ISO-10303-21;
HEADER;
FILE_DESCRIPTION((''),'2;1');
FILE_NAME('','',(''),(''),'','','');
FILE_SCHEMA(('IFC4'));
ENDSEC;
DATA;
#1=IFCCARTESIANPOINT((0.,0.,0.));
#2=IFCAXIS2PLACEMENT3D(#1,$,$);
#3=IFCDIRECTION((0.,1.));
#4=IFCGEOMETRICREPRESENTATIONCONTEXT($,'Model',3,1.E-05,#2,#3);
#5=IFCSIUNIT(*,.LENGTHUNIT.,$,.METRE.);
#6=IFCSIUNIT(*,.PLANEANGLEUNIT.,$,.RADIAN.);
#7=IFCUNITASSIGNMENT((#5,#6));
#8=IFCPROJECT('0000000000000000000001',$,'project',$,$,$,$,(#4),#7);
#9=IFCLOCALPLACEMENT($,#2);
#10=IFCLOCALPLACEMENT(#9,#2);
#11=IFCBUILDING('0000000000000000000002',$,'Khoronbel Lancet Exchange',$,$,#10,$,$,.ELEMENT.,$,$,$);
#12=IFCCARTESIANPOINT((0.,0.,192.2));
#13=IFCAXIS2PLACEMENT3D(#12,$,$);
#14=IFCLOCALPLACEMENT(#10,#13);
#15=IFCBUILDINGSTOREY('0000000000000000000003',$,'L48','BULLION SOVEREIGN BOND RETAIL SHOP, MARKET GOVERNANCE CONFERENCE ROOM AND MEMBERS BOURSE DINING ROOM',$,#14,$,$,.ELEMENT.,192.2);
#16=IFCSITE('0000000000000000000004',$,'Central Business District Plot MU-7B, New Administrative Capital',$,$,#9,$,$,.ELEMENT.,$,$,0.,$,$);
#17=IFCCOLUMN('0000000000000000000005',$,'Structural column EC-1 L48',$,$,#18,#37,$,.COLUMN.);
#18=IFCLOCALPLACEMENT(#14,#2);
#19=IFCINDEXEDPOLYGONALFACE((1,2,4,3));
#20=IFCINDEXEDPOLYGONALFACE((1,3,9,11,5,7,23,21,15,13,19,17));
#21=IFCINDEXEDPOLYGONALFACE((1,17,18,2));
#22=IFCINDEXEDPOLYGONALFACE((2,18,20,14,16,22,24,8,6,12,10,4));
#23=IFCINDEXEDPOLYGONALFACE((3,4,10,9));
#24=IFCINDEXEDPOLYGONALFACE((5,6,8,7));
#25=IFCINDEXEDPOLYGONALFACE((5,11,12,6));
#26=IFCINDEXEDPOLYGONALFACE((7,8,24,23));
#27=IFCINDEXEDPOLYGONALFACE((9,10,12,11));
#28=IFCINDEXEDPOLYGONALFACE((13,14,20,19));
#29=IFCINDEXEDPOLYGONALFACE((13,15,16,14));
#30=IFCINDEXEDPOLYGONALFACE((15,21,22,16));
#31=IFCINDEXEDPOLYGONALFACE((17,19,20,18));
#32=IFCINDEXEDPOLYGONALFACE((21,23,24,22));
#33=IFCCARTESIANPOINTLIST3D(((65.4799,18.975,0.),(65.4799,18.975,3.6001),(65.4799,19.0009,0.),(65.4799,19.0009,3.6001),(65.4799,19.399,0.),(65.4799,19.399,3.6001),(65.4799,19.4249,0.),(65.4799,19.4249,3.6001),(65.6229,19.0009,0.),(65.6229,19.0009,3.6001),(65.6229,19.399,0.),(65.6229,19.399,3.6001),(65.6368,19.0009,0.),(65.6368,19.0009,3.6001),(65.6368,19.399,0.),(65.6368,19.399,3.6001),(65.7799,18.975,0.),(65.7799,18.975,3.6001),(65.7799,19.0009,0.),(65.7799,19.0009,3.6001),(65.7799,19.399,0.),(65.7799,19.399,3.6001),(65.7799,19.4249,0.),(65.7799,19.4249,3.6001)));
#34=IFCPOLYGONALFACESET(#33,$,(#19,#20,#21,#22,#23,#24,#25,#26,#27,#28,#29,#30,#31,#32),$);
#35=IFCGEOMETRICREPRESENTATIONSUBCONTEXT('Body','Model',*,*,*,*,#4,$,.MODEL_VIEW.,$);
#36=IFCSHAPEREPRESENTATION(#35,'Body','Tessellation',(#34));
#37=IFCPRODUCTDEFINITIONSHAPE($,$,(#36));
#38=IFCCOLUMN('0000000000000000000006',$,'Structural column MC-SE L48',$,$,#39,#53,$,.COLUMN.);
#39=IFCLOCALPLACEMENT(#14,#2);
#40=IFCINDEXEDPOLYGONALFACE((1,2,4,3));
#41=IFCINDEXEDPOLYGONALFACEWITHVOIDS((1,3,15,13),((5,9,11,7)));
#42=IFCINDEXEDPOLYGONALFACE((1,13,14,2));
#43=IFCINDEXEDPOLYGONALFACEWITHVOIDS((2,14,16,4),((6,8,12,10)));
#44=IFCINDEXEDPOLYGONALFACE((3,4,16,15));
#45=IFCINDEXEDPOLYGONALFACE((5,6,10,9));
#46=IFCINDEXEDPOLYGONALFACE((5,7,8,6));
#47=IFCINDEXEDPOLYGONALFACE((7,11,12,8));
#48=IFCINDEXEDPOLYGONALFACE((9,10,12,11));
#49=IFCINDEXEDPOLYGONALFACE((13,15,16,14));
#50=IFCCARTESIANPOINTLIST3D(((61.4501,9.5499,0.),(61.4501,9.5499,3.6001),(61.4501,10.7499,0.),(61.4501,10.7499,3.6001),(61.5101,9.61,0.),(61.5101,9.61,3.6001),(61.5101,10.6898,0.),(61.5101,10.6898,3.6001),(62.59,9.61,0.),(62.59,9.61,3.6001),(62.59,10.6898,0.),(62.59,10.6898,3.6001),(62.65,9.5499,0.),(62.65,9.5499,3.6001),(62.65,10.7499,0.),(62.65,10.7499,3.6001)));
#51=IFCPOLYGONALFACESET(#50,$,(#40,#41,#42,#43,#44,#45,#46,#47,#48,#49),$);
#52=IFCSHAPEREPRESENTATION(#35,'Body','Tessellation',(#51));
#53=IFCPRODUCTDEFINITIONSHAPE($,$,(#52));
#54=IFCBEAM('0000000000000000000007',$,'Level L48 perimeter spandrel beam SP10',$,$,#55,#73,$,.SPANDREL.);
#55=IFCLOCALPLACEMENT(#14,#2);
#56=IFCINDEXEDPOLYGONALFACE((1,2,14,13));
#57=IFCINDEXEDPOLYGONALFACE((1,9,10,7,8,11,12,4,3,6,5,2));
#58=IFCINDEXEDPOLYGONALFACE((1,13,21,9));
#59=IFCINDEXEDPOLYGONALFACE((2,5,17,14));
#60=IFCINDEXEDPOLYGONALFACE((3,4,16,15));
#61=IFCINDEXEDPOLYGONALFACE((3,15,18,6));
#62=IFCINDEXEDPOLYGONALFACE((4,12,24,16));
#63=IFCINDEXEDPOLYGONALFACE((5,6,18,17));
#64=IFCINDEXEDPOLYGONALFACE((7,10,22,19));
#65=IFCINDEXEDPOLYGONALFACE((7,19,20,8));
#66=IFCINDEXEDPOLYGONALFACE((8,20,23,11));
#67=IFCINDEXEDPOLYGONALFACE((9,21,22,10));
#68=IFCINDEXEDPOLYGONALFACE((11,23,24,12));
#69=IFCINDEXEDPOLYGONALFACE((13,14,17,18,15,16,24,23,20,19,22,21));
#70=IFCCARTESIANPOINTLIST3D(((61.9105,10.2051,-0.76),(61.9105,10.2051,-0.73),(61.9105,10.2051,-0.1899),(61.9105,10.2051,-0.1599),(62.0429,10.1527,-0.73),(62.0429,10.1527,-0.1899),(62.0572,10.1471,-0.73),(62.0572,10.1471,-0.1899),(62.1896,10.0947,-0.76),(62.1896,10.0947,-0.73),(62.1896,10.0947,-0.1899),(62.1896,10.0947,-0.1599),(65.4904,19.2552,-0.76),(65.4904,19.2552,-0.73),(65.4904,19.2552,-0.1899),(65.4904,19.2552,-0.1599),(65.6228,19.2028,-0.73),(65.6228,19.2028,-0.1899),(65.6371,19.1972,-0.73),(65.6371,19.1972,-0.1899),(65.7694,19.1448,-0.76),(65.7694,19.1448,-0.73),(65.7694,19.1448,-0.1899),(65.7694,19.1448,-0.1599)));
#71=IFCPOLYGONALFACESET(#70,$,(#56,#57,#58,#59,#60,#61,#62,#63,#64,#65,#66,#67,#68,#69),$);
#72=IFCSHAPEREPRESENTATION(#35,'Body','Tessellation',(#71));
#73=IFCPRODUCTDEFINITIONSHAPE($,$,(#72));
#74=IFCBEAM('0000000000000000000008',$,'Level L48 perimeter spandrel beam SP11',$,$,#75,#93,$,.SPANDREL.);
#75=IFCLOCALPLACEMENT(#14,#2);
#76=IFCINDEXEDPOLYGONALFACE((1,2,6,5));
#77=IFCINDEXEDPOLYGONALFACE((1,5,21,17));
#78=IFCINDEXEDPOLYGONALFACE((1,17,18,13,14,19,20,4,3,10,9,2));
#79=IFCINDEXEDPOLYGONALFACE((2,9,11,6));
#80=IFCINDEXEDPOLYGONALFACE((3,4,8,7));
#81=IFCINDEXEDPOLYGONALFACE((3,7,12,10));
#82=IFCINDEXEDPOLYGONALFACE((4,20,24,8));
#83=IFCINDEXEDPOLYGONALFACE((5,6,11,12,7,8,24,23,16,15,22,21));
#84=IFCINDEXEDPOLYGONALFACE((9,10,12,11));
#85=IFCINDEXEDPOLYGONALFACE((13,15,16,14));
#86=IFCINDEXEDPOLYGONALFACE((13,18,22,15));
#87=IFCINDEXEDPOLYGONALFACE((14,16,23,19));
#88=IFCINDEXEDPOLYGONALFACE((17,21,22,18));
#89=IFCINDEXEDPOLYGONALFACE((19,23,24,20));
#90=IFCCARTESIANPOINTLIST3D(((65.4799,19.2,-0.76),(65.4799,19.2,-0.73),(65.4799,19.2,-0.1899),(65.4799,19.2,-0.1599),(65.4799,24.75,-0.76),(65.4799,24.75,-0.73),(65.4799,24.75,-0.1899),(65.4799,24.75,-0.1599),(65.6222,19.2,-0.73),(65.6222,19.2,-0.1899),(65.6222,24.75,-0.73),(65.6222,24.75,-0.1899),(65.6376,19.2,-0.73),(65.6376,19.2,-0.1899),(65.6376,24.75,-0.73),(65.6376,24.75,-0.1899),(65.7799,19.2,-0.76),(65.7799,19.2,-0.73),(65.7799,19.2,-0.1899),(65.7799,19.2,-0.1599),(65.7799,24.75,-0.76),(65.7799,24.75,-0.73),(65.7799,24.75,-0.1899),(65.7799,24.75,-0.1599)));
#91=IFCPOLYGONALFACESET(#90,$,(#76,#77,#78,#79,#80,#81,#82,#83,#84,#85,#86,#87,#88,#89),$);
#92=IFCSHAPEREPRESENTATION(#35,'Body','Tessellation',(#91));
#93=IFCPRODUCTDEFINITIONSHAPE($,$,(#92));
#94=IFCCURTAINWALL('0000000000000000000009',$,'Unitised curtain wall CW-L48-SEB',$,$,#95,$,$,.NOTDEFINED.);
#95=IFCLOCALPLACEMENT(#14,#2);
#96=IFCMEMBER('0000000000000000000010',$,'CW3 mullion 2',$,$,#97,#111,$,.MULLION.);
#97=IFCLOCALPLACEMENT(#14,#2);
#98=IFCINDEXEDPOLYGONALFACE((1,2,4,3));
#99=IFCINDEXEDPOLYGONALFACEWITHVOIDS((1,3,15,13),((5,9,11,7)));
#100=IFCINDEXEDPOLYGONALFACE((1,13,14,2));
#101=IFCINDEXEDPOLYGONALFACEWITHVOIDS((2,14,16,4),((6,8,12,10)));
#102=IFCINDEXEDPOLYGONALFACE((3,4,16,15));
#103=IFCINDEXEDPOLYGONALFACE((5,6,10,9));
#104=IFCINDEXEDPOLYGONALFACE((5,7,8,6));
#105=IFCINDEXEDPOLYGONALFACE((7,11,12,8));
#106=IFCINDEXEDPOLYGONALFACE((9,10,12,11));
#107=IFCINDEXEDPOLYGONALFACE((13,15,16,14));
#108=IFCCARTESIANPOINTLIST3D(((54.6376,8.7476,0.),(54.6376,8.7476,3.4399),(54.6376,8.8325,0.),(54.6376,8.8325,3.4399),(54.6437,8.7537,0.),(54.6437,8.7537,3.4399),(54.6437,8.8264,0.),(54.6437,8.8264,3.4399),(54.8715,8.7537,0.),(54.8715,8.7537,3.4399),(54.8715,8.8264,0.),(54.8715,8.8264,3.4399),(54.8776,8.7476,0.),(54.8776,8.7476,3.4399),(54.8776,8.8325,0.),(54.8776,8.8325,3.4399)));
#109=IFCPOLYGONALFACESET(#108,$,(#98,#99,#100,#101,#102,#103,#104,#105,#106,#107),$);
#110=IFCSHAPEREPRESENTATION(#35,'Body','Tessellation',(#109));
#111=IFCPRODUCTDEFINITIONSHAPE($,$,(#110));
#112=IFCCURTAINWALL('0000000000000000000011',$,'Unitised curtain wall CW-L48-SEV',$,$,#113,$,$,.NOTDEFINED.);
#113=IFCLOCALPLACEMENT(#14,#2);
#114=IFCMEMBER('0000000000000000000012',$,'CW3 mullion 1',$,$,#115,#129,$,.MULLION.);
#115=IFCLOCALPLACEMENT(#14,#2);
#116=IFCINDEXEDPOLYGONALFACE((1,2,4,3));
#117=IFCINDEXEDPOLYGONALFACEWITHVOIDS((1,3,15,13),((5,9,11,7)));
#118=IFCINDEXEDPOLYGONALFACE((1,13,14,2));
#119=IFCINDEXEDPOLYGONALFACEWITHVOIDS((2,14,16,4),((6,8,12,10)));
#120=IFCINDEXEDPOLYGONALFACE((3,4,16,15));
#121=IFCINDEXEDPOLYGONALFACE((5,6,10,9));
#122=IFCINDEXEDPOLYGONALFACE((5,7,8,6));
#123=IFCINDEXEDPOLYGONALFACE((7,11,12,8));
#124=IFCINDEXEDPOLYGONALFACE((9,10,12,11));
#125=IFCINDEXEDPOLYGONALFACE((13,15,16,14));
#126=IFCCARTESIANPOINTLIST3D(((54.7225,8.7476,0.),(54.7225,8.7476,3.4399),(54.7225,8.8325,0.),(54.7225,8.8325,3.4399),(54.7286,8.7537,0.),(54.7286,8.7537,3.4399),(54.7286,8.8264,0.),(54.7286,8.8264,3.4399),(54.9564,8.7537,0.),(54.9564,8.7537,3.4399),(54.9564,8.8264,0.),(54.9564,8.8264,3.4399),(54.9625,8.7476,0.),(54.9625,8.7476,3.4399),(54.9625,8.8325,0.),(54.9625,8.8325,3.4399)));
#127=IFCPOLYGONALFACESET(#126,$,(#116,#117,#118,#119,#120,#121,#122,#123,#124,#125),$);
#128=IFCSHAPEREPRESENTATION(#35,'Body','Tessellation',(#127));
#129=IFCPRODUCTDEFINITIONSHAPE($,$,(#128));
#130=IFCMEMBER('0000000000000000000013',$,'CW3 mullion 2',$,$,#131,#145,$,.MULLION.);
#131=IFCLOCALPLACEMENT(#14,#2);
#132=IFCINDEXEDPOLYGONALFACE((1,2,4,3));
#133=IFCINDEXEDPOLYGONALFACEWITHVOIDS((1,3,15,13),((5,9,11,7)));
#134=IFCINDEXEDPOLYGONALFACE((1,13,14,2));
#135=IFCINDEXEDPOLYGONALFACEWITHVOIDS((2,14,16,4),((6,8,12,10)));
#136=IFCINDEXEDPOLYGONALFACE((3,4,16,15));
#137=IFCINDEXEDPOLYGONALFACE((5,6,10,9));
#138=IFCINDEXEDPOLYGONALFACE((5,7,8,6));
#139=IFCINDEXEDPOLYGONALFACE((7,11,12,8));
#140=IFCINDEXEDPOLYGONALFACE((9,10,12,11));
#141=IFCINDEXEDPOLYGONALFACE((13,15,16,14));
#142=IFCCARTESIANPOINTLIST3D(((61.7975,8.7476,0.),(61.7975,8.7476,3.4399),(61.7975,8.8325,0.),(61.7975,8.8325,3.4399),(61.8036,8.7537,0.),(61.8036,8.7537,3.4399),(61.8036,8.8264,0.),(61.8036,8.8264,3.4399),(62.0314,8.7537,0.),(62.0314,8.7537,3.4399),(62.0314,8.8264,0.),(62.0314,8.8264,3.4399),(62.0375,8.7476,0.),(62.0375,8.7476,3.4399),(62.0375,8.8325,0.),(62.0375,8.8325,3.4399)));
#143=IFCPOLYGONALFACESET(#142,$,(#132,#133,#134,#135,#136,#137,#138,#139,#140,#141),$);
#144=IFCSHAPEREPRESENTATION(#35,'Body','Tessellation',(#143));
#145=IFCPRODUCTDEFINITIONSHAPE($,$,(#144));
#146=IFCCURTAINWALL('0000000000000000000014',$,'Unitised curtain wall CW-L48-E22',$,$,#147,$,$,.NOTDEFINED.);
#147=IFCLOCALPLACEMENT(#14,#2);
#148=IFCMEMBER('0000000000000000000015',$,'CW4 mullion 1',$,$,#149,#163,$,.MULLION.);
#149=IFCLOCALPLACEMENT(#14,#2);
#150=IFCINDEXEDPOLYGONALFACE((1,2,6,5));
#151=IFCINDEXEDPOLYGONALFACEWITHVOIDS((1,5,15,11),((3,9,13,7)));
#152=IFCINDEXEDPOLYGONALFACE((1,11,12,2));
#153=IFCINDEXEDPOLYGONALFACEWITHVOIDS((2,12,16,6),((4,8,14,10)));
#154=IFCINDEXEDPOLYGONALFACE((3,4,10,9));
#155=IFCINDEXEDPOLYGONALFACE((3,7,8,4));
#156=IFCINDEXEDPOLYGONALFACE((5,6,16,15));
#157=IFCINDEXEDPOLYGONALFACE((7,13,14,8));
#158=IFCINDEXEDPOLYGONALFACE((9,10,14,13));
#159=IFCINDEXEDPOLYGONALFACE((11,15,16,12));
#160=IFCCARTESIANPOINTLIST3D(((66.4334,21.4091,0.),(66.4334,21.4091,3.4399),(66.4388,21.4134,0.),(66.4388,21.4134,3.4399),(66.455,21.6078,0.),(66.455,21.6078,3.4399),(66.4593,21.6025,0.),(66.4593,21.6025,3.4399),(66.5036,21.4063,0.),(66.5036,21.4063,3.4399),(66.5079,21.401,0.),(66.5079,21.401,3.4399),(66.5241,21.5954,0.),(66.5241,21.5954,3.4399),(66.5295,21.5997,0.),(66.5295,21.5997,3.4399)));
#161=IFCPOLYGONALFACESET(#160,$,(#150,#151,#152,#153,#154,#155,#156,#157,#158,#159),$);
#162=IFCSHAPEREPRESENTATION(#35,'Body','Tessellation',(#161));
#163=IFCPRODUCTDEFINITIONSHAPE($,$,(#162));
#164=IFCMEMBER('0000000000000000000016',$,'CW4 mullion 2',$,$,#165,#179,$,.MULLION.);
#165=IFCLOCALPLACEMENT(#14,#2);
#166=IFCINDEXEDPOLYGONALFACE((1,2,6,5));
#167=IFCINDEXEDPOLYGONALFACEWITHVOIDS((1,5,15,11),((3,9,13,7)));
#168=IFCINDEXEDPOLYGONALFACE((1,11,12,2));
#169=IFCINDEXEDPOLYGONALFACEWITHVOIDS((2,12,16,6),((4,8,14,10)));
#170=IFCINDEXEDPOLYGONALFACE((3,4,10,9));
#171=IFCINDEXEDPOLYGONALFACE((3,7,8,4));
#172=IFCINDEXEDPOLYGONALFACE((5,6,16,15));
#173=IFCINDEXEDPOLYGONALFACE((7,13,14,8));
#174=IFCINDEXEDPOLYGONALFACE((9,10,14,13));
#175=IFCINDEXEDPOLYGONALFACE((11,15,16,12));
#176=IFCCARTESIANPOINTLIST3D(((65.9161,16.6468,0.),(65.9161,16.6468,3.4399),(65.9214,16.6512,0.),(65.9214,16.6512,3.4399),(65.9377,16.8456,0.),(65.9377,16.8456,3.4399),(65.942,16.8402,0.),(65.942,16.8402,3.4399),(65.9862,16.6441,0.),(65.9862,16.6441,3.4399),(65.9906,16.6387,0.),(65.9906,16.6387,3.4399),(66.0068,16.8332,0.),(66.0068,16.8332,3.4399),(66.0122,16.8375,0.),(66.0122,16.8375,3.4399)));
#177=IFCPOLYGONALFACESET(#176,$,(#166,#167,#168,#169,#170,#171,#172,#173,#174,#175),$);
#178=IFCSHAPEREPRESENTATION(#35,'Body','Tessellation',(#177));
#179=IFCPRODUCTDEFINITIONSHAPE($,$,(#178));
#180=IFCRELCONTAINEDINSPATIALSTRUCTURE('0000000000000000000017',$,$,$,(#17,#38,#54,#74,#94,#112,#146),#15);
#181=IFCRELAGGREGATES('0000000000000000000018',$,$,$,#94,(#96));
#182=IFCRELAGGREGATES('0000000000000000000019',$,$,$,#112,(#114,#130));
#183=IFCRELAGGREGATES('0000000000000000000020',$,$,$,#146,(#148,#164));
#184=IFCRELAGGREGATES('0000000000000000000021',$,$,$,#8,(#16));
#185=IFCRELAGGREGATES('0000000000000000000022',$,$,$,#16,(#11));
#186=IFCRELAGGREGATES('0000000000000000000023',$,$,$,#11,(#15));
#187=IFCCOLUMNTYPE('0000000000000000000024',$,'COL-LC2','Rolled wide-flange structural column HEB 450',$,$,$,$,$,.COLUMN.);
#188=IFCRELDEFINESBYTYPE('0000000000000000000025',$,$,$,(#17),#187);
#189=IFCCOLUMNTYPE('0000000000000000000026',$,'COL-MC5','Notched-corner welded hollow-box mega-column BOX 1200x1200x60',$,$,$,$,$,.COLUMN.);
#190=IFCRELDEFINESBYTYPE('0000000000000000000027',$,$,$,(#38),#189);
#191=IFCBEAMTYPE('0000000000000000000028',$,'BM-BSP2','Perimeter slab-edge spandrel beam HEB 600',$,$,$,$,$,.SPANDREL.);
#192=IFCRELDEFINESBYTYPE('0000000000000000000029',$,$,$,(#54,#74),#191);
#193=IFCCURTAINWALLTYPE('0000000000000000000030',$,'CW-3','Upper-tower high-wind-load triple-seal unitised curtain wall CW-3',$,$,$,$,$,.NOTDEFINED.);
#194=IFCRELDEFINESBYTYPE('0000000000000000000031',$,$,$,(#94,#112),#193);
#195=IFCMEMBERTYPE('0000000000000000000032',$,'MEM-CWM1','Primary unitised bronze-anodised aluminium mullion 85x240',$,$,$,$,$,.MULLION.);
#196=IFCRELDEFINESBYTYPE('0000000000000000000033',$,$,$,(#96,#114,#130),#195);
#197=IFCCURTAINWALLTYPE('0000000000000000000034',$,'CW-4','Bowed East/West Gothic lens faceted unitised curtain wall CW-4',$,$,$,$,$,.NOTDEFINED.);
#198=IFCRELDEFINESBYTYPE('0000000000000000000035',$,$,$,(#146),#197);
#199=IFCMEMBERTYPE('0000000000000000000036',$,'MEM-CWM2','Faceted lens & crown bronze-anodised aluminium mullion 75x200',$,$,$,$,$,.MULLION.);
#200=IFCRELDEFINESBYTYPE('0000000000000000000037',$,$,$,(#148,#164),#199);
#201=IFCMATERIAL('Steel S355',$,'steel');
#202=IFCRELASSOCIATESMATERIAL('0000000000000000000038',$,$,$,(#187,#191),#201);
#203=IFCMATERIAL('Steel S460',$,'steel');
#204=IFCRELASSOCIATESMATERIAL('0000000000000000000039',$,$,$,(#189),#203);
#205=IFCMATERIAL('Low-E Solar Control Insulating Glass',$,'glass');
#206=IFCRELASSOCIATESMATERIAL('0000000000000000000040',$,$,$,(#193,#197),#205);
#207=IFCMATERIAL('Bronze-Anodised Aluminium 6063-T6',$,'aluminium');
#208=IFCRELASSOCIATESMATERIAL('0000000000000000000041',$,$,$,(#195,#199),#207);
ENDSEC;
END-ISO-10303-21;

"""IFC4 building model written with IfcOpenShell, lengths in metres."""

from ifc_helpers import new_model, si_unit, direction, frame, origin, origin_2d, place, context, subcontext, project, spatial, hollow_rectangle, i_section, extrude, material, material_profile, profile_set, type_object, element, aggregate, save


model = new_model("IFC4")

# Units and contexts
model_context = context("Model", 3, precision=1e-05, world=origin(), true_north=direction((0.0, 1.0)))
body_context = subcontext(model_context, "Body", "Model", "MODEL_VIEW")
ifc_project = project(units=[si_unit("LENGTHUNIT", "METRE"), si_unit("PLANEANGLEUNIT", "RADIAN")], contexts=[model_context])

# Site, building, storey
site_placement = place(None, origin())
site = spatial("IfcSite", under=ifc_project, at=site_placement, Name="Central Business District Plot MU-7B, New Administrative Capital", CompositionType="ELEMENT", RefElevation=0.0)
building_placement = place(site_placement, origin())
building = spatial("IfcBuilding", under=site, at=building_placement, Name="Khoronbel Lancet Exchange", CompositionType="ELEMENT")
storey_placement = place(building_placement, frame((0.0, 0.0, 192.2)))
storey = spatial("IfcBuildingStorey", under=building, at=storey_placement, Name="L48", Description="BULLION SOVEREIGN BOND RETAIL SHOP, MARKET GOVERNANCE CONFERENCE ROOM AND MEMBERS BOURSE DINING ROOM", CompositionType="ELEMENT", Elevation=192.2)

# Columns
ifc_material_1 = material(Name="Steel S355", Category="steel")
ifc_material_profile_1 = material_profile(ifc_material_1, i_section(OverallWidth=0.3, OverallDepth=0.45, WebThickness=0.0139, FlangeThickness=0.0259, at=origin_2d()), Name="HEB 450")
ifc_profile_set_1 = profile_set([ifc_material_profile_1], Name="Steel S355")
column_type_1 = type_object("IfcColumnType", Name="COL-LC2", Description="Rolled wide-flange structural column HEB 450", PredefinedType="COLUMN", material=ifc_profile_set_1)
column_1_placement = place(storey_placement, frame((65.6299, 19.2, 0.0), z_axis=(0.0, 0.0, 1.0), x_axis=(1.0, 0.0, 0.0)))
element("IfcColumn", 1, at=column_1_placement, inside=storey, type_object=column_type_1, Name="Structural column EC-1 L48", PredefinedType="COLUMN", context=body_context, shape_type="SweptSolid", body=[
    extrude(i_section(OverallWidth=0.3, OverallDepth=0.45, WebThickness=0.0139, FlangeThickness=0.0259, at=origin_2d()), origin(), (0.0, 0.0, 1.0), 3.6001),
])
ifc_material_2 = material(Name="Steel S460", Category="steel")
ifc_material_profile_2 = material_profile(ifc_material_2, hollow_rectangle(XDim=1.2, YDim=1.2, WallThickness=0.0601, at=origin_2d()), Name="BOX 1200x1200x60")
ifc_profile_set_2 = profile_set([ifc_material_profile_2], Name="Steel S460")
column_type_2 = type_object("IfcColumnType", Name="COL-MC5", Description="Notched-corner welded hollow-box mega-column BOX 1200x1200x60", PredefinedType="COLUMN", material=ifc_profile_set_2)
column_2_placement = place(storey_placement, frame((62.05, 10.1499, 0.0), z_axis=(0.0, 0.0, 1.0), x_axis=(1.0, 0.0, 0.0)))
element("IfcColumn", 2, at=column_2_placement, inside=storey, type_object=column_type_2, Name="Structural column MC-SE L48", PredefinedType="COLUMN", context=body_context, shape_type="SweptSolid", body=[
    extrude(hollow_rectangle(XDim=1.2, YDim=1.2, WallThickness=0.0601, at=origin_2d()), origin(), (0.0, 0.0, 1.0), 3.6001),
])

# Beams
ifc_material_profile_3 = material_profile(ifc_material_1, i_section(OverallWidth=0.3, OverallDepth=0.6001, WebThickness=0.0154, FlangeThickness=0.03, at=origin_2d()), Name="HEB 600")
ifc_profile_set_3 = profile_set([ifc_material_profile_3], Name="Steel S355")
beam_type = type_object("IfcBeamType", Name="BM-BSP2", Description="Perimeter slab-edge spandrel beam HEB 600", PredefinedType="SPANDREL", material=ifc_profile_set_3)
beam_1_placement = place(storey_placement, frame((62.05, 10.1499, -0.46), z_axis=(0.367828, 0.929894, 0.0), x_axis=(-0.929894, 0.367828, 0.0)))
element("IfcBeam", 3, at=beam_1_placement, inside=storey, type_object=beam_type, Name="Level L48 perimeter spandrel beam SP10", PredefinedType="SPANDREL", context=body_context, shape_type="SweptSolid", body=[
    extrude(i_section(OverallWidth=0.3, OverallDepth=0.6001, WebThickness=0.0154, FlangeThickness=0.03, at=origin_2d()), origin(), (0.0, 0.0, 1.0), 9.7324),
])
beam_2_placement = place(storey_placement, frame((65.6299, 19.2, -0.46), z_axis=(0.0, 1.0, 0.0), x_axis=(-1.0, 0.0, 0.0)))
element("IfcBeam", 4, at=beam_2_placement, inside=storey, type_object=beam_type, Name="Level L48 perimeter spandrel beam SP11", PredefinedType="SPANDREL", context=body_context, shape_type="SweptSolid", body=[
    extrude(i_section(OverallWidth=0.3, OverallDepth=0.6001, WebThickness=0.0154, FlangeThickness=0.03, at=origin_2d()), origin(), (0.0, 0.0, 1.0), 5.55),
])

# Curtain wall, member
ifc_material_3 = material(Name="Low-E Solar Control Insulating Glass", Category="glass")
curtain_wall_type_1 = type_object("IfcCurtainWallType", Name="CW-3", Description="Upper-tower high-wind-load triple-seal unitised curtain wall CW-3", PredefinedType="NOTDEFINED", material=ifc_material_3)
curtain_wall_1_placement = place(storey_placement, origin())
curtain_wall_1 = element("IfcCurtainWall", 5, at=curtain_wall_1_placement, inside=storey, type_object=curtain_wall_type_1, Name="Unitised curtain wall CW-L48-SEB", PredefinedType="NOTDEFINED")
ifc_material_4 = material(Name="Bronze-Anodised Aluminium 6063-T6", Category="aluminium")
ifc_material_profile_4 = material_profile(ifc_material_4, hollow_rectangle(XDim=0.085, YDim=0.24, WallThickness=0.0061, at=origin_2d()), Name="ALU MULLION 85x240")
ifc_profile_set_4 = profile_set([ifc_material_profile_4], Name="Bronze-Anodised Aluminium 6063-T6")
member_type_1 = type_object("IfcMemberType", Name="MEM-CWM1", Description="Primary unitised bronze-anodised aluminium mullion 85x240", PredefinedType="MULLION", material=ifc_profile_set_4)
member_1_placement = place(storey_placement, frame((54.7576, 8.79, 0.0), z_axis=(0.0, 0.0, 1.0), x_axis=(0.0, 1.0, 0.0)))
member_1 = element("IfcMember", 6, at=member_1_placement, type_object=member_type_1, Name="CW3 mullion 2", PredefinedType="MULLION", context=body_context, shape_type="SweptSolid", body=[
    extrude(hollow_rectangle(XDim=0.085, YDim=0.24, WallThickness=0.0061, at=origin_2d()), origin(), (0.0, 0.0, 1.0), 3.4399),
])
aggregate(curtain_wall_1, [member_1])

# Curtain walls, members
curtain_wall_2_placement = place(storey_placement, origin())
curtain_wall_2 = element("IfcCurtainWall", 7, at=curtain_wall_2_placement, inside=storey, type_object=curtain_wall_type_1, Name="Unitised curtain wall CW-L48-SEV", PredefinedType="NOTDEFINED")
member_2_placement = place(storey_placement, frame((54.8425, 8.79, 0.0), z_axis=(0.0, 0.0, 1.0), x_axis=(0.0, 1.0, 0.0)))
member_2 = element("IfcMember", 8, at=member_2_placement, type_object=member_type_1, Name="CW3 mullion 1", PredefinedType="MULLION", context=body_context, shape_type="SweptSolid", body=[
    extrude(hollow_rectangle(XDim=0.085, YDim=0.24, WallThickness=0.0061, at=origin_2d()), origin(), (0.0, 0.0, 1.0), 3.4399),
])
member_3_placement = place(storey_placement, frame((61.9175, 8.79, 0.0), z_axis=(0.0, 0.0, 1.0), x_axis=(0.0, 1.0, 0.0)))
member_3 = element("IfcMember", 9, at=member_3_placement, type_object=member_type_1, Name="CW3 mullion 2", PredefinedType="MULLION", context=body_context, shape_type="SweptSolid", body=[
    extrude(hollow_rectangle(XDim=0.085, YDim=0.24, WallThickness=0.0061, at=origin_2d()), origin(), (0.0, 0.0, 1.0), 3.4399),
])
curtain_wall_type_2 = type_object("IfcCurtainWallType", Name="CW-4", Description="Bowed East/West Gothic lens faceted unitised curtain wall CW-4", PredefinedType="NOTDEFINED", material=ifc_material_3)
curtain_wall_3_placement = place(storey_placement, origin())
curtain_wall_3 = element("IfcCurtainWall", 10, at=curtain_wall_3_placement, inside=storey, type_object=curtain_wall_type_2, Name="Unitised curtain wall CW-L48-E22", PredefinedType="NOTDEFINED")
ifc_material_profile_5 = material_profile(ifc_material_4, hollow_rectangle(XDim=0.075, YDim=0.2, WallThickness=0.0049, at=origin_2d()), Name="ALU MULLION 75x200")
ifc_profile_set_5 = profile_set([ifc_material_profile_5], Name="Bronze-Anodised Aluminium 6063-T6")
member_type_2 = type_object("IfcMemberType", Name="MEM-CWM2", Description="Faceted lens & crown bronze-anodised aluminium mullion 75x200", PredefinedType="MULLION", material=ifc_profile_set_5)
member_4_placement = place(storey_placement, frame((66.4814, 21.5044, 0.0), z_axis=(0.0, 0.0, 1.0), x_axis=(0.994152, -0.10799, 0.0)))
member_4 = element("IfcMember", 11, at=member_4_placement, type_object=member_type_2, Name="CW4 mullion 1", PredefinedType="MULLION", context=body_context, shape_type="SweptSolid", body=[
    extrude(hollow_rectangle(XDim=0.075, YDim=0.2, WallThickness=0.0049, at=origin_2d()), origin(), (0.0, 0.0, 1.0), 3.4399),
])
member_5_placement = place(storey_placement, frame((65.9641, 16.7422, 0.0), z_axis=(0.0, 0.0, 1.0), x_axis=(0.994152, -0.10799, 0.0)))
member_5 = element("IfcMember", 12, at=member_5_placement, type_object=member_type_2, Name="CW4 mullion 2", PredefinedType="MULLION", context=body_context, shape_type="SweptSolid", body=[
    extrude(hollow_rectangle(XDim=0.075, YDim=0.2, WallThickness=0.0049, at=origin_2d()), origin(), (0.0, 0.0, 1.0), 3.4399),
])

aggregate(curtain_wall_2, [member_2, member_3])
aggregate(curtain_wall_3, [member_4, member_5])

save(model, "model.ifc")
